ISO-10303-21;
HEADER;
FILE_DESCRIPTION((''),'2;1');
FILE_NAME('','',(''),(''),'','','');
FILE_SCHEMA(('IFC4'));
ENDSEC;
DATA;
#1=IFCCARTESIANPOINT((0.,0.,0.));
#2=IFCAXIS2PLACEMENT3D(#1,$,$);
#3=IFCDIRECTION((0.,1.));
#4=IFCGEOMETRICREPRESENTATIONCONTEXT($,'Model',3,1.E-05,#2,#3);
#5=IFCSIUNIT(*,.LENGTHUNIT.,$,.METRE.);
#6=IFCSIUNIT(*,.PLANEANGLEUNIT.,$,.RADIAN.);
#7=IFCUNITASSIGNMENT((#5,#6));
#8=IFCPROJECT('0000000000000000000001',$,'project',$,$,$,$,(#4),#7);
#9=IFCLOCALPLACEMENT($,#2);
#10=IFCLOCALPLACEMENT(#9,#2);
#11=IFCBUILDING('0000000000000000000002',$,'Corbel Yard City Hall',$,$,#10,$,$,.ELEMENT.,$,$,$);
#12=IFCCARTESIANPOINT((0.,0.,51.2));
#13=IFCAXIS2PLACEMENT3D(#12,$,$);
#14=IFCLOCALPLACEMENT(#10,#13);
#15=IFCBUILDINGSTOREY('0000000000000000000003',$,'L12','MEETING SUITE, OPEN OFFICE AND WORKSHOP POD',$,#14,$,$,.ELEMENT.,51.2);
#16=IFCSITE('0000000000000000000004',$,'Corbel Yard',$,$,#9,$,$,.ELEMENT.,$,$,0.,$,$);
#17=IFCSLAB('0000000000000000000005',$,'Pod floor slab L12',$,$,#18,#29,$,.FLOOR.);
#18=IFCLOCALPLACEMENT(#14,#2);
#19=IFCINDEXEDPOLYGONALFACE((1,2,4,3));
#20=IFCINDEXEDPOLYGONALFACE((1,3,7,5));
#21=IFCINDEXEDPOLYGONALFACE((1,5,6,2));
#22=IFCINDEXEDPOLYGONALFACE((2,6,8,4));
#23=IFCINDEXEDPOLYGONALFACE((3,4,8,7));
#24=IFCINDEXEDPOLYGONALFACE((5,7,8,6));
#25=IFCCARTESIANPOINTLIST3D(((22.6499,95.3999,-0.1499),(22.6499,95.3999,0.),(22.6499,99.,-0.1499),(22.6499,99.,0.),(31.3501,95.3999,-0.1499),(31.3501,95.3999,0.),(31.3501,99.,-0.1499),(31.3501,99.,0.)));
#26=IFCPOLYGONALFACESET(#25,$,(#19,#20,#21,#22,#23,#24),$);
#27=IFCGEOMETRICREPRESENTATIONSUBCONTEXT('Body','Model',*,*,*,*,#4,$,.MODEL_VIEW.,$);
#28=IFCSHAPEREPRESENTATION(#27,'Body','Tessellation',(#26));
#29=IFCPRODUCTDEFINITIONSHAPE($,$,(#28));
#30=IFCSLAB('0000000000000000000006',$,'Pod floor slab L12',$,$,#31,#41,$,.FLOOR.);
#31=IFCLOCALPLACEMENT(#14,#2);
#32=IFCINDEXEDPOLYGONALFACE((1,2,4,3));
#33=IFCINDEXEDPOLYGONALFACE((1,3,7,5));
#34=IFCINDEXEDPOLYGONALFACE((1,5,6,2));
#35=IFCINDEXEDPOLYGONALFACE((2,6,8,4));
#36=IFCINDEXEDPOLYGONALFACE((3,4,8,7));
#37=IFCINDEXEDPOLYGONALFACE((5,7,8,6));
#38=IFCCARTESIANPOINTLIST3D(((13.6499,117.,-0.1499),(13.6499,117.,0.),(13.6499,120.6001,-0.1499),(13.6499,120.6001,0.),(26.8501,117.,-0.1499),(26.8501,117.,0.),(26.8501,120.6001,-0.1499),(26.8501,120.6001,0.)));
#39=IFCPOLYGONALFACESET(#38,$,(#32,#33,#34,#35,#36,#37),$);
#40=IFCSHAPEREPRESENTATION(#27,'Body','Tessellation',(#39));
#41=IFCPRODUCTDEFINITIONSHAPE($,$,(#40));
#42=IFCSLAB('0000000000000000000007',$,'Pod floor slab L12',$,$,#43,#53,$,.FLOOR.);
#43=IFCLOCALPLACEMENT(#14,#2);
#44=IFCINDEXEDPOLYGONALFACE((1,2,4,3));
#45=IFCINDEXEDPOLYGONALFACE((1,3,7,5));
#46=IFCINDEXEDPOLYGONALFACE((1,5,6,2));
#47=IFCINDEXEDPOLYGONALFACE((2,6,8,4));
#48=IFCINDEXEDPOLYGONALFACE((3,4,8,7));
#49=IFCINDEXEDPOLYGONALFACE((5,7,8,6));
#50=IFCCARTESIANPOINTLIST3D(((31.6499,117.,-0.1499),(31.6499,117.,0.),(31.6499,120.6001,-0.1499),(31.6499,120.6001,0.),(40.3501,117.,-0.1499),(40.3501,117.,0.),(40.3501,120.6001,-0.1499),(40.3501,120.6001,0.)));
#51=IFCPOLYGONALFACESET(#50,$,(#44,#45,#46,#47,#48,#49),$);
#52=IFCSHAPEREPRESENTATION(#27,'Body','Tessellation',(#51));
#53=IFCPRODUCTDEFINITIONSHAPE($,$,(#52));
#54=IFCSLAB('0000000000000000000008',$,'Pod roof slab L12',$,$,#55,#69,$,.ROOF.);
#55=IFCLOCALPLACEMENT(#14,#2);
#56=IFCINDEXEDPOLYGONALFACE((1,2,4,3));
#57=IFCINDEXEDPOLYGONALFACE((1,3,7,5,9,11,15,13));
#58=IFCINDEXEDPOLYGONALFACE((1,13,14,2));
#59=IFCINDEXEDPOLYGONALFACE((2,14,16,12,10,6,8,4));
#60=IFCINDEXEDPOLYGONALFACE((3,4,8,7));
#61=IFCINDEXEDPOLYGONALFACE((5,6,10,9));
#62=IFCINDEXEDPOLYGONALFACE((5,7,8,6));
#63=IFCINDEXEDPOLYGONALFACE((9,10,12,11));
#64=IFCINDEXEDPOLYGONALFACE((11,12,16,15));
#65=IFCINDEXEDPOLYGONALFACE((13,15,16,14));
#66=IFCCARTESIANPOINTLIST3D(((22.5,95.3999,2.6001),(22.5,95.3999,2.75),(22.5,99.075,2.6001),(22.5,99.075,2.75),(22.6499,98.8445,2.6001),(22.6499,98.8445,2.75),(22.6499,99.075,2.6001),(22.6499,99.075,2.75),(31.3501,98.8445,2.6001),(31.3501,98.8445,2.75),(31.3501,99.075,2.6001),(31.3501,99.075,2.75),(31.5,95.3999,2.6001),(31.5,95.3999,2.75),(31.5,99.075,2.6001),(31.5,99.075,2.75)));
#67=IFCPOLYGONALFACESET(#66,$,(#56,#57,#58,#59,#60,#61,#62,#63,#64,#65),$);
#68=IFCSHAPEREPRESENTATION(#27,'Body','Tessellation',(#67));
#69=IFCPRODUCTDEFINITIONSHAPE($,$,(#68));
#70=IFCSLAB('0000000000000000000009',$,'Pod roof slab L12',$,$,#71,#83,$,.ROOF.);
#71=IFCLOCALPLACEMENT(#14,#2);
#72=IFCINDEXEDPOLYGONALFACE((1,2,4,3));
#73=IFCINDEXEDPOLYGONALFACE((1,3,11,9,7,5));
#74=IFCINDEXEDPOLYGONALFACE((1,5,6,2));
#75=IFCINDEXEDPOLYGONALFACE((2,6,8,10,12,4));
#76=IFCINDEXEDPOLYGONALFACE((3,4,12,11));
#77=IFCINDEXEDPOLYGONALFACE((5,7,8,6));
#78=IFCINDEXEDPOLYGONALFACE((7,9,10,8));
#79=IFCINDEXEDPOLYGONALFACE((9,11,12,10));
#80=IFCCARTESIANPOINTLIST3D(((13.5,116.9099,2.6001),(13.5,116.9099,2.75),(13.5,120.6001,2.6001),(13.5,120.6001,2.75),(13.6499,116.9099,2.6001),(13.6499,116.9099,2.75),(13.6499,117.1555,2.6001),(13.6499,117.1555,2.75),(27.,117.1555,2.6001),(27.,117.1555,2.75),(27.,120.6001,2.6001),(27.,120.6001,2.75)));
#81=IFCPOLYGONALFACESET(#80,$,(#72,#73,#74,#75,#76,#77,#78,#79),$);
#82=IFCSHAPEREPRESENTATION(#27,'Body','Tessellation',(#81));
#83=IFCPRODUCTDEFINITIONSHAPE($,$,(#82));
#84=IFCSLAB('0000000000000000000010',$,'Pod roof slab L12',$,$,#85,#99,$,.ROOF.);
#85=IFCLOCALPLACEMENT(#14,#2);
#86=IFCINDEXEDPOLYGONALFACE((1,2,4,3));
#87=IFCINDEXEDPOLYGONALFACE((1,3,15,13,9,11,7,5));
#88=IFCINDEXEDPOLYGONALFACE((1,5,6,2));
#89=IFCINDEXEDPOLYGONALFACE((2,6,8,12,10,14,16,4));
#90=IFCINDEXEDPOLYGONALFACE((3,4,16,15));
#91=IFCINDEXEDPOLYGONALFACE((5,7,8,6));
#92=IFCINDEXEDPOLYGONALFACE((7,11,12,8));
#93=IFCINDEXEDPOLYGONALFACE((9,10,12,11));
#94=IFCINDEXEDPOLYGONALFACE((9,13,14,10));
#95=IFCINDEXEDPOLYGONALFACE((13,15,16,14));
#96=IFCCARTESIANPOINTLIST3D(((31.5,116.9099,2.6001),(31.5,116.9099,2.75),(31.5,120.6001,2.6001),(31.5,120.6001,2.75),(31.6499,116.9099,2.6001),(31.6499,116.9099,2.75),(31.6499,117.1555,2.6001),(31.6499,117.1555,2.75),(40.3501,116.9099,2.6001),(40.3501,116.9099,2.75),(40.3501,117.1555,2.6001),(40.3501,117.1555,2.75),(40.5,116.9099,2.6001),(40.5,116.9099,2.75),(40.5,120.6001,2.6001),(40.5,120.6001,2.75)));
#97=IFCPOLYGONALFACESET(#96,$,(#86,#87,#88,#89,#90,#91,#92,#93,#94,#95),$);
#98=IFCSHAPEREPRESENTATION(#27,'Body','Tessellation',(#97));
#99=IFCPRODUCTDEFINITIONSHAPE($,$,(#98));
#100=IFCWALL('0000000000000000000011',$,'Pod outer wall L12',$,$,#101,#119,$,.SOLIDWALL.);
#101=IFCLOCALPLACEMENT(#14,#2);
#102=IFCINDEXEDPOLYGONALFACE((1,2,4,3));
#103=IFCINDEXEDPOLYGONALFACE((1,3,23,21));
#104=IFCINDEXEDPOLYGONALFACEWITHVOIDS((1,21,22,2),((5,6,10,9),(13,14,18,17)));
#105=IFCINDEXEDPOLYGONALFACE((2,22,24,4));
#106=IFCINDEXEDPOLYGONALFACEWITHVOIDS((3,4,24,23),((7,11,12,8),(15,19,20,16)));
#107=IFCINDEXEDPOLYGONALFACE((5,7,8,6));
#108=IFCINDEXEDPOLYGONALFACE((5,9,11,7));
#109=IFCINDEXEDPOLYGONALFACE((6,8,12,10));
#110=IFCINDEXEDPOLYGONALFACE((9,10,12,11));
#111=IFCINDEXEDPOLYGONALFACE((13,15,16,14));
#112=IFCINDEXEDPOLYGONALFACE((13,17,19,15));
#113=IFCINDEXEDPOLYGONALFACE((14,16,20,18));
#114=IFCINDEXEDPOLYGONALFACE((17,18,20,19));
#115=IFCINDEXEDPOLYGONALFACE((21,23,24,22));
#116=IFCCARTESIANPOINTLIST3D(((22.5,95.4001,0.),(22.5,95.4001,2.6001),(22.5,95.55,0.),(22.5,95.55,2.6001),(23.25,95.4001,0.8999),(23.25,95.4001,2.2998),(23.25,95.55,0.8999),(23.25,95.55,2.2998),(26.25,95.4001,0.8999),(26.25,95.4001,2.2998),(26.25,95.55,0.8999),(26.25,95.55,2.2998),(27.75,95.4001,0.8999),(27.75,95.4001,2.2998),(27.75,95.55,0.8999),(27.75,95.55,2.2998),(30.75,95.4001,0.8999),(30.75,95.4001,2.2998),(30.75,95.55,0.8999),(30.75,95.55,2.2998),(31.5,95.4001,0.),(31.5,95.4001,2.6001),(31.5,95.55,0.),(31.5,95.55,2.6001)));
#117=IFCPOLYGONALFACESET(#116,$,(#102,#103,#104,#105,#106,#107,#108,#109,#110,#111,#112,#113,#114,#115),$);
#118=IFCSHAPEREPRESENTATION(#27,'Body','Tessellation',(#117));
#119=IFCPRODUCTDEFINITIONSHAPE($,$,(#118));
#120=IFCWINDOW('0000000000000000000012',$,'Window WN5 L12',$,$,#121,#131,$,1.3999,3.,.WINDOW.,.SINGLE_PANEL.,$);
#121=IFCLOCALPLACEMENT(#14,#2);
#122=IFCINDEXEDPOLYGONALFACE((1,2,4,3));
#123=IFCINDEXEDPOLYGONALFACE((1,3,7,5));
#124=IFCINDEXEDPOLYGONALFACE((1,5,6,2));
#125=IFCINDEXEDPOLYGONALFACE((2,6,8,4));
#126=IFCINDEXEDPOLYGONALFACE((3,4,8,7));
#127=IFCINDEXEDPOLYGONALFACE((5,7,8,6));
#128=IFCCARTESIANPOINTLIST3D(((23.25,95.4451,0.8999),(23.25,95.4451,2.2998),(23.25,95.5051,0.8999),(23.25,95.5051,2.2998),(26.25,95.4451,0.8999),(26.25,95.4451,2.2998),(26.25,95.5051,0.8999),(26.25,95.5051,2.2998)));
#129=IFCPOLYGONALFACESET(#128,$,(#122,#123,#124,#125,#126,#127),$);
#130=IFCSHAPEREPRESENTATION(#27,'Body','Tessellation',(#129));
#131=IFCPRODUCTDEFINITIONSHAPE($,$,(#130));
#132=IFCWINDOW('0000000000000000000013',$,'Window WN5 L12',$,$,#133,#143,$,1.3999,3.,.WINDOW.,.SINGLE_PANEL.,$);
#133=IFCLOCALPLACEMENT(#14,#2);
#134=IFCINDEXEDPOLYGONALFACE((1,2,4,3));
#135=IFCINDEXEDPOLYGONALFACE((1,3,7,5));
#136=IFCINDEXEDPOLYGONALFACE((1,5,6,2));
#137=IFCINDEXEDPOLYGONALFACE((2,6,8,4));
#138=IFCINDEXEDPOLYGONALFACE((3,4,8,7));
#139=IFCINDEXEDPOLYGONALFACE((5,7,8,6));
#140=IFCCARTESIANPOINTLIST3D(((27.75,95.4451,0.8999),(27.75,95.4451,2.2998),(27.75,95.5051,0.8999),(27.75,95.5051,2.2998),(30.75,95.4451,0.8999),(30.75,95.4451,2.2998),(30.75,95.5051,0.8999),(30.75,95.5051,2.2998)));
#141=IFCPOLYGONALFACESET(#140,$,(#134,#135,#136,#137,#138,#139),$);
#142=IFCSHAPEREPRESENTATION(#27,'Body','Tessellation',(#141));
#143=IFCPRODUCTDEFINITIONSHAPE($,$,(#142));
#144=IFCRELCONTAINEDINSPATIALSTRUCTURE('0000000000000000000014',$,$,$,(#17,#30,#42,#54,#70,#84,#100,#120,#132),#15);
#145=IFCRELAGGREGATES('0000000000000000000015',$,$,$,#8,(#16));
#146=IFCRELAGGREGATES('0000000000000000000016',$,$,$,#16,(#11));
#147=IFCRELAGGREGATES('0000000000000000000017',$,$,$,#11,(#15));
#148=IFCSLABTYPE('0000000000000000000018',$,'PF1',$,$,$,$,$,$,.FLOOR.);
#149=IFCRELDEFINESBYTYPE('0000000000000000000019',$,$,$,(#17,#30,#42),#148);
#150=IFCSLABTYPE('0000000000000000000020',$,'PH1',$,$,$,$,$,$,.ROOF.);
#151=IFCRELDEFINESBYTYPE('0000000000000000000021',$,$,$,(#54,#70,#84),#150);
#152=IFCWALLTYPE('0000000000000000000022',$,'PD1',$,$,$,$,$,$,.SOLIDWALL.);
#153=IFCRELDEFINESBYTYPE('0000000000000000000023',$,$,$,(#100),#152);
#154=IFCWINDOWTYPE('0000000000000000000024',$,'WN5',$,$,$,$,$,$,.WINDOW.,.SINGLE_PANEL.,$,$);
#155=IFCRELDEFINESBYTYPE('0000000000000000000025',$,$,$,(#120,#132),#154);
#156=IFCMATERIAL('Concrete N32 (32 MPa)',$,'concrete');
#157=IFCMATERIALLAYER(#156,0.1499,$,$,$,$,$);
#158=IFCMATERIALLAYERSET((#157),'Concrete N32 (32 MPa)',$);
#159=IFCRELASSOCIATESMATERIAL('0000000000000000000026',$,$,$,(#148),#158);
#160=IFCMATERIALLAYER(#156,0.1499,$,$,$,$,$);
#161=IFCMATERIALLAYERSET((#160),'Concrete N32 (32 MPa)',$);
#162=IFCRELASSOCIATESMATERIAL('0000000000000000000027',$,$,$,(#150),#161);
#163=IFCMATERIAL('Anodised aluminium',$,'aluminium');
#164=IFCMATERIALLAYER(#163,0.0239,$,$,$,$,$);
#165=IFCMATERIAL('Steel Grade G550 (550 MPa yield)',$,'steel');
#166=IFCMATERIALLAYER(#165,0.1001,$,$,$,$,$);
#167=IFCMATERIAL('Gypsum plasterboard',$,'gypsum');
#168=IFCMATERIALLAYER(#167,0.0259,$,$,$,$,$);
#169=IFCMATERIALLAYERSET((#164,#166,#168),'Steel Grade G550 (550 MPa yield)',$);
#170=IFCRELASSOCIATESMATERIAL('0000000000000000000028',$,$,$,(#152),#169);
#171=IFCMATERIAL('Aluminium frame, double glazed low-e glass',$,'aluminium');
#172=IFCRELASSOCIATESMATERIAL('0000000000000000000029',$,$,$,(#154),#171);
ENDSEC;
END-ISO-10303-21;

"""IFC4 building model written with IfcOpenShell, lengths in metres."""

from ifc_helpers import new_model, si_unit, direction, frame, frame_2d, origin, place, context, subcontext, project, spatial, polyline, rectangle, outline, extrude, material, layer, layer_set, type_object, element, fill, save


model = new_model("IFC4")

# Units and contexts
model_context = context("Model", 3, precision=1e-05, world=origin(), true_north=direction((0.0, 1.0)))
body_context = subcontext(model_context, "Body", "Model", "MODEL_VIEW")
ifc_project = project(units=[si_unit("LENGTHUNIT", "METRE"), si_unit("PLANEANGLEUNIT", "RADIAN")], contexts=[model_context])

# Site, building, storey
site_placement = place(None, origin())
site = spatial("IfcSite", under=ifc_project, at=site_placement, Name="Corbel Yard", CompositionType="ELEMENT", RefElevation=0.0)
building_placement = place(site_placement, origin())
building = spatial("IfcBuilding", under=site, at=building_placement, Name="Corbel Yard City Hall", CompositionType="ELEMENT")
storey_placement = place(building_placement, frame((0.0, 0.0, 51.2)))
storey = spatial("IfcBuildingStorey", under=building, at=storey_placement, Name="L12", Description="MEETING SUITE, OPEN OFFICE AND WORKSHOP POD", CompositionType="ELEMENT", Elevation=51.2)

# Slabs
ifc_material_1 = material(Name="Concrete N32 (32 MPa)", Category="concrete")
ifc_layer_1 = layer(ifc_material_1, 0.1499)
ifc_layer_set_1 = layer_set([ifc_layer_1], Name="Concrete N32 (32 MPa)")
slab_type_1 = type_object("IfcSlabType", Name="PF1", PredefinedType="FLOOR", material=ifc_layer_set_1)
slab_1_placement = place(storey_placement, frame((0.0, 0.0, -0.1499)))
element("IfcSlab", 1, at=slab_1_placement, inside=storey, type_object=slab_type_1, Name="Pod floor slab L12", PredefinedType="FLOOR", context=body_context, shape_type="SweptSolid", body=[
    extrude(outline(polyline([(22.6499, 95.3999), (31.3501, 95.3999), (31.3501, 99.0), (22.6499, 99.0), (22.6499, 95.3999)])), origin(), (0.0, 0.0, 1.0), 0.1499),
])
slab_2_placement = place(storey_placement, frame((0.0, 0.0, -0.1499)))
element("IfcSlab", 2, at=slab_2_placement, inside=storey, type_object=slab_type_1, Name="Pod floor slab L12", PredefinedType="FLOOR", context=body_context, shape_type="SweptSolid", body=[
    extrude(outline(polyline([(13.6499, 117.0), (26.8501, 117.0), (26.8501, 120.6001), (13.6499, 120.6001), (13.6499, 117.0)])), origin(), (0.0, 0.0, 1.0), 0.1499),
])
slab_3_placement = place(storey_placement, frame((0.0, 0.0, -0.1499)))
element("IfcSlab", 3, at=slab_3_placement, inside=storey, type_object=slab_type_1, Name="Pod floor slab L12", PredefinedType="FLOOR", context=body_context, shape_type="SweptSolid", body=[
    extrude(outline(polyline([(31.6499, 117.0), (40.3501, 117.0), (40.3501, 120.6001), (31.6499, 120.6001), (31.6499, 117.0)])), origin(), (0.0, 0.0, 1.0), 0.1499),
])
ifc_layer_2 = layer(ifc_material_1, 0.1499)
ifc_layer_set_2 = layer_set([ifc_layer_2], Name="Concrete N32 (32 MPa)")
slab_type_2 = type_object("IfcSlabType", Name="PH1", PredefinedType="ROOF", material=ifc_layer_set_2)
slab_4_placement = place(storey_placement, frame((0.0, 0.0, 2.6001)))
element("IfcSlab", 4, at=slab_4_placement, inside=storey, type_object=slab_type_2, Name="Pod roof slab L12", PredefinedType="ROOF", context=body_context, shape_type="SweptSolid", body=[
    extrude(outline(polyline([(22.5, 95.3999), (31.5, 95.3999), (31.5, 99.075), (31.3501, 99.075), (31.3501, 98.8445), (22.6499, 98.8445), (22.6499, 99.075), (22.5, 99.075), (22.5, 95.3999)])), origin(), (0.0, 0.0, 1.0), 0.1499),
])
slab_5_placement = place(storey_placement, frame((0.0, 0.0, 2.6001)))
element("IfcSlab", 5, at=slab_5_placement, inside=storey, type_object=slab_type_2, Name="Pod roof slab L12", PredefinedType="ROOF", context=body_context, shape_type="SweptSolid", body=[
    extrude(outline(polyline([(13.5, 120.6001), (13.5, 116.9099), (13.6499, 116.9099), (13.6499, 117.1555), (27.0, 117.1555), (27.0, 120.6001), (13.5, 120.6001)])), origin(), (0.0, 0.0, 1.0), 0.1499),
])
slab_6_placement = place(storey_placement, frame((0.0, 0.0, 2.6001)))
element("IfcSlab", 6, at=slab_6_placement, inside=storey, type_object=slab_type_2, Name="Pod roof slab L12", PredefinedType="ROOF", context=body_context, shape_type="SweptSolid", body=[
    extrude(outline(polyline([(31.5, 120.6001), (31.5, 116.9099), (31.6499, 116.9099), (31.6499, 117.1555), (40.3501, 117.1555), (40.3501, 116.9099), (40.5, 116.9099), (40.5, 120.6001), (31.5, 120.6001)])), origin(), (0.0, 0.0, 1.0), 0.1499),
])

# Wall, openings, windows
ifc_material_2 = material(Name="Anodised aluminium", Category="aluminium")
ifc_layer_3 = layer(ifc_material_2, 0.0239)
ifc_material_3 = material(Name="Steel Grade G550 (550 MPa yield)", Category="steel")
ifc_layer_4 = layer(ifc_material_3, 0.1001)
ifc_material_4 = material(Name="Gypsum plasterboard", Category="gypsum")
ifc_layer_5 = layer(ifc_material_4, 0.0259)
ifc_layer_set_3 = layer_set([ifc_layer_3, ifc_layer_4, ifc_layer_5], Name="Steel Grade G550 (550 MPa yield)")
wall_type = type_object("IfcWallType", Name="PD1", PredefinedType="SOLIDWALL", material=ifc_layer_set_3)
wall_placement = place(storey_placement, frame((22.5, 95.4751, 0.0), z_axis=(0.0, 0.0, 1.0), x_axis=(1.0, 0.0, 0.0)))
wall = element("IfcWall", 7, at=wall_placement, inside=storey, type_object=wall_type, Name="Pod outer wall L12", PredefinedType="SOLIDWALL", context=body_context, shape_type="SweptSolid", body=[
    extrude(rectangle(XDim=9.0, YDim=0.1499, at=frame_2d((4.5, 0.0))), origin(), (0.0, 0.0, 1.0), 2.6001),
])
opening_1_placement = place(wall_placement, frame((0.75, 0.0, 0.8999)))
opening_1 = element("IfcOpeningElement", 8, at=opening_1_placement, cuts=wall, PredefinedType="OPENING", context=body_context, shape_type="SweptSolid", body=[
    extrude(rectangle(XDim=3.0, YDim=1.3999, at=frame_2d((1.5, 0.7))), frame((0.0, 0.085, 0.0), z_axis=(0.0, -1.0, 0.0), x_axis=(1.0, 0.0, 0.0)), (0.0, 0.0, 1.0), 0.1699),
])
opening_2_placement = place(wall_placement, frame((5.25, 0.0, 0.8999)))
opening_2 = element("IfcOpeningElement", 9, at=opening_2_placement, cuts=wall, PredefinedType="OPENING", context=body_context, shape_type="SweptSolid", body=[
    extrude(rectangle(XDim=3.0, YDim=1.3999, at=frame_2d((1.5, 0.7))), frame((0.0, 0.085, 0.0), z_axis=(0.0, -1.0, 0.0), x_axis=(1.0, 0.0, 0.0)), (0.0, 0.0, 1.0), 0.1699),
])
ifc_material_5 = material(Name="Aluminium frame, double glazed low-e glass", Category="aluminium")
window_type = type_object("IfcWindowType", Name="WN5", PartitioningType="SINGLE_PANEL", PredefinedType="WINDOW", material=ifc_material_5)
window_1_placement = place(opening_1_placement, origin())
window_1 = element("IfcWindow", 10, at=window_1_placement, inside=storey, type_object=window_type, Name="Window WN5 L12", OverallHeight=1.3999, OverallWidth=3.0, PartitioningType="SINGLE_PANEL", PredefinedType="WINDOW", context=body_context, shape_type="SweptSolid", body=[
    extrude(rectangle(XDim=3.0, YDim=1.3999, at=frame_2d((1.5, 0.7))), frame((0.0, 0.03, 0.0), z_axis=(0.0, -1.0, 0.0), x_axis=(1.0, 0.0, 0.0)), (0.0, 0.0, 1.0), 0.0601),
])
fill(opening_1, window_1)
window_2_placement = place(opening_2_placement, origin())
window_2 = element("IfcWindow", 11, at=window_2_placement, inside=storey, type_object=window_type, Name="Window WN5 L12", OverallHeight=1.3999, OverallWidth=3.0, PartitioningType="SINGLE_PANEL", PredefinedType="WINDOW", context=body_context, shape_type="SweptSolid", body=[
    extrude(rectangle(XDim=3.0, YDim=1.3999, at=frame_2d((1.5, 0.7))), frame((0.0, 0.03, 0.0), z_axis=(0.0, -1.0, 0.0), x_axis=(1.0, 0.0, 0.0)), (0.0, 0.0, 1.0), 0.0601),
])
fill(opening_2, window_2)

save(model, "model.ifc")
